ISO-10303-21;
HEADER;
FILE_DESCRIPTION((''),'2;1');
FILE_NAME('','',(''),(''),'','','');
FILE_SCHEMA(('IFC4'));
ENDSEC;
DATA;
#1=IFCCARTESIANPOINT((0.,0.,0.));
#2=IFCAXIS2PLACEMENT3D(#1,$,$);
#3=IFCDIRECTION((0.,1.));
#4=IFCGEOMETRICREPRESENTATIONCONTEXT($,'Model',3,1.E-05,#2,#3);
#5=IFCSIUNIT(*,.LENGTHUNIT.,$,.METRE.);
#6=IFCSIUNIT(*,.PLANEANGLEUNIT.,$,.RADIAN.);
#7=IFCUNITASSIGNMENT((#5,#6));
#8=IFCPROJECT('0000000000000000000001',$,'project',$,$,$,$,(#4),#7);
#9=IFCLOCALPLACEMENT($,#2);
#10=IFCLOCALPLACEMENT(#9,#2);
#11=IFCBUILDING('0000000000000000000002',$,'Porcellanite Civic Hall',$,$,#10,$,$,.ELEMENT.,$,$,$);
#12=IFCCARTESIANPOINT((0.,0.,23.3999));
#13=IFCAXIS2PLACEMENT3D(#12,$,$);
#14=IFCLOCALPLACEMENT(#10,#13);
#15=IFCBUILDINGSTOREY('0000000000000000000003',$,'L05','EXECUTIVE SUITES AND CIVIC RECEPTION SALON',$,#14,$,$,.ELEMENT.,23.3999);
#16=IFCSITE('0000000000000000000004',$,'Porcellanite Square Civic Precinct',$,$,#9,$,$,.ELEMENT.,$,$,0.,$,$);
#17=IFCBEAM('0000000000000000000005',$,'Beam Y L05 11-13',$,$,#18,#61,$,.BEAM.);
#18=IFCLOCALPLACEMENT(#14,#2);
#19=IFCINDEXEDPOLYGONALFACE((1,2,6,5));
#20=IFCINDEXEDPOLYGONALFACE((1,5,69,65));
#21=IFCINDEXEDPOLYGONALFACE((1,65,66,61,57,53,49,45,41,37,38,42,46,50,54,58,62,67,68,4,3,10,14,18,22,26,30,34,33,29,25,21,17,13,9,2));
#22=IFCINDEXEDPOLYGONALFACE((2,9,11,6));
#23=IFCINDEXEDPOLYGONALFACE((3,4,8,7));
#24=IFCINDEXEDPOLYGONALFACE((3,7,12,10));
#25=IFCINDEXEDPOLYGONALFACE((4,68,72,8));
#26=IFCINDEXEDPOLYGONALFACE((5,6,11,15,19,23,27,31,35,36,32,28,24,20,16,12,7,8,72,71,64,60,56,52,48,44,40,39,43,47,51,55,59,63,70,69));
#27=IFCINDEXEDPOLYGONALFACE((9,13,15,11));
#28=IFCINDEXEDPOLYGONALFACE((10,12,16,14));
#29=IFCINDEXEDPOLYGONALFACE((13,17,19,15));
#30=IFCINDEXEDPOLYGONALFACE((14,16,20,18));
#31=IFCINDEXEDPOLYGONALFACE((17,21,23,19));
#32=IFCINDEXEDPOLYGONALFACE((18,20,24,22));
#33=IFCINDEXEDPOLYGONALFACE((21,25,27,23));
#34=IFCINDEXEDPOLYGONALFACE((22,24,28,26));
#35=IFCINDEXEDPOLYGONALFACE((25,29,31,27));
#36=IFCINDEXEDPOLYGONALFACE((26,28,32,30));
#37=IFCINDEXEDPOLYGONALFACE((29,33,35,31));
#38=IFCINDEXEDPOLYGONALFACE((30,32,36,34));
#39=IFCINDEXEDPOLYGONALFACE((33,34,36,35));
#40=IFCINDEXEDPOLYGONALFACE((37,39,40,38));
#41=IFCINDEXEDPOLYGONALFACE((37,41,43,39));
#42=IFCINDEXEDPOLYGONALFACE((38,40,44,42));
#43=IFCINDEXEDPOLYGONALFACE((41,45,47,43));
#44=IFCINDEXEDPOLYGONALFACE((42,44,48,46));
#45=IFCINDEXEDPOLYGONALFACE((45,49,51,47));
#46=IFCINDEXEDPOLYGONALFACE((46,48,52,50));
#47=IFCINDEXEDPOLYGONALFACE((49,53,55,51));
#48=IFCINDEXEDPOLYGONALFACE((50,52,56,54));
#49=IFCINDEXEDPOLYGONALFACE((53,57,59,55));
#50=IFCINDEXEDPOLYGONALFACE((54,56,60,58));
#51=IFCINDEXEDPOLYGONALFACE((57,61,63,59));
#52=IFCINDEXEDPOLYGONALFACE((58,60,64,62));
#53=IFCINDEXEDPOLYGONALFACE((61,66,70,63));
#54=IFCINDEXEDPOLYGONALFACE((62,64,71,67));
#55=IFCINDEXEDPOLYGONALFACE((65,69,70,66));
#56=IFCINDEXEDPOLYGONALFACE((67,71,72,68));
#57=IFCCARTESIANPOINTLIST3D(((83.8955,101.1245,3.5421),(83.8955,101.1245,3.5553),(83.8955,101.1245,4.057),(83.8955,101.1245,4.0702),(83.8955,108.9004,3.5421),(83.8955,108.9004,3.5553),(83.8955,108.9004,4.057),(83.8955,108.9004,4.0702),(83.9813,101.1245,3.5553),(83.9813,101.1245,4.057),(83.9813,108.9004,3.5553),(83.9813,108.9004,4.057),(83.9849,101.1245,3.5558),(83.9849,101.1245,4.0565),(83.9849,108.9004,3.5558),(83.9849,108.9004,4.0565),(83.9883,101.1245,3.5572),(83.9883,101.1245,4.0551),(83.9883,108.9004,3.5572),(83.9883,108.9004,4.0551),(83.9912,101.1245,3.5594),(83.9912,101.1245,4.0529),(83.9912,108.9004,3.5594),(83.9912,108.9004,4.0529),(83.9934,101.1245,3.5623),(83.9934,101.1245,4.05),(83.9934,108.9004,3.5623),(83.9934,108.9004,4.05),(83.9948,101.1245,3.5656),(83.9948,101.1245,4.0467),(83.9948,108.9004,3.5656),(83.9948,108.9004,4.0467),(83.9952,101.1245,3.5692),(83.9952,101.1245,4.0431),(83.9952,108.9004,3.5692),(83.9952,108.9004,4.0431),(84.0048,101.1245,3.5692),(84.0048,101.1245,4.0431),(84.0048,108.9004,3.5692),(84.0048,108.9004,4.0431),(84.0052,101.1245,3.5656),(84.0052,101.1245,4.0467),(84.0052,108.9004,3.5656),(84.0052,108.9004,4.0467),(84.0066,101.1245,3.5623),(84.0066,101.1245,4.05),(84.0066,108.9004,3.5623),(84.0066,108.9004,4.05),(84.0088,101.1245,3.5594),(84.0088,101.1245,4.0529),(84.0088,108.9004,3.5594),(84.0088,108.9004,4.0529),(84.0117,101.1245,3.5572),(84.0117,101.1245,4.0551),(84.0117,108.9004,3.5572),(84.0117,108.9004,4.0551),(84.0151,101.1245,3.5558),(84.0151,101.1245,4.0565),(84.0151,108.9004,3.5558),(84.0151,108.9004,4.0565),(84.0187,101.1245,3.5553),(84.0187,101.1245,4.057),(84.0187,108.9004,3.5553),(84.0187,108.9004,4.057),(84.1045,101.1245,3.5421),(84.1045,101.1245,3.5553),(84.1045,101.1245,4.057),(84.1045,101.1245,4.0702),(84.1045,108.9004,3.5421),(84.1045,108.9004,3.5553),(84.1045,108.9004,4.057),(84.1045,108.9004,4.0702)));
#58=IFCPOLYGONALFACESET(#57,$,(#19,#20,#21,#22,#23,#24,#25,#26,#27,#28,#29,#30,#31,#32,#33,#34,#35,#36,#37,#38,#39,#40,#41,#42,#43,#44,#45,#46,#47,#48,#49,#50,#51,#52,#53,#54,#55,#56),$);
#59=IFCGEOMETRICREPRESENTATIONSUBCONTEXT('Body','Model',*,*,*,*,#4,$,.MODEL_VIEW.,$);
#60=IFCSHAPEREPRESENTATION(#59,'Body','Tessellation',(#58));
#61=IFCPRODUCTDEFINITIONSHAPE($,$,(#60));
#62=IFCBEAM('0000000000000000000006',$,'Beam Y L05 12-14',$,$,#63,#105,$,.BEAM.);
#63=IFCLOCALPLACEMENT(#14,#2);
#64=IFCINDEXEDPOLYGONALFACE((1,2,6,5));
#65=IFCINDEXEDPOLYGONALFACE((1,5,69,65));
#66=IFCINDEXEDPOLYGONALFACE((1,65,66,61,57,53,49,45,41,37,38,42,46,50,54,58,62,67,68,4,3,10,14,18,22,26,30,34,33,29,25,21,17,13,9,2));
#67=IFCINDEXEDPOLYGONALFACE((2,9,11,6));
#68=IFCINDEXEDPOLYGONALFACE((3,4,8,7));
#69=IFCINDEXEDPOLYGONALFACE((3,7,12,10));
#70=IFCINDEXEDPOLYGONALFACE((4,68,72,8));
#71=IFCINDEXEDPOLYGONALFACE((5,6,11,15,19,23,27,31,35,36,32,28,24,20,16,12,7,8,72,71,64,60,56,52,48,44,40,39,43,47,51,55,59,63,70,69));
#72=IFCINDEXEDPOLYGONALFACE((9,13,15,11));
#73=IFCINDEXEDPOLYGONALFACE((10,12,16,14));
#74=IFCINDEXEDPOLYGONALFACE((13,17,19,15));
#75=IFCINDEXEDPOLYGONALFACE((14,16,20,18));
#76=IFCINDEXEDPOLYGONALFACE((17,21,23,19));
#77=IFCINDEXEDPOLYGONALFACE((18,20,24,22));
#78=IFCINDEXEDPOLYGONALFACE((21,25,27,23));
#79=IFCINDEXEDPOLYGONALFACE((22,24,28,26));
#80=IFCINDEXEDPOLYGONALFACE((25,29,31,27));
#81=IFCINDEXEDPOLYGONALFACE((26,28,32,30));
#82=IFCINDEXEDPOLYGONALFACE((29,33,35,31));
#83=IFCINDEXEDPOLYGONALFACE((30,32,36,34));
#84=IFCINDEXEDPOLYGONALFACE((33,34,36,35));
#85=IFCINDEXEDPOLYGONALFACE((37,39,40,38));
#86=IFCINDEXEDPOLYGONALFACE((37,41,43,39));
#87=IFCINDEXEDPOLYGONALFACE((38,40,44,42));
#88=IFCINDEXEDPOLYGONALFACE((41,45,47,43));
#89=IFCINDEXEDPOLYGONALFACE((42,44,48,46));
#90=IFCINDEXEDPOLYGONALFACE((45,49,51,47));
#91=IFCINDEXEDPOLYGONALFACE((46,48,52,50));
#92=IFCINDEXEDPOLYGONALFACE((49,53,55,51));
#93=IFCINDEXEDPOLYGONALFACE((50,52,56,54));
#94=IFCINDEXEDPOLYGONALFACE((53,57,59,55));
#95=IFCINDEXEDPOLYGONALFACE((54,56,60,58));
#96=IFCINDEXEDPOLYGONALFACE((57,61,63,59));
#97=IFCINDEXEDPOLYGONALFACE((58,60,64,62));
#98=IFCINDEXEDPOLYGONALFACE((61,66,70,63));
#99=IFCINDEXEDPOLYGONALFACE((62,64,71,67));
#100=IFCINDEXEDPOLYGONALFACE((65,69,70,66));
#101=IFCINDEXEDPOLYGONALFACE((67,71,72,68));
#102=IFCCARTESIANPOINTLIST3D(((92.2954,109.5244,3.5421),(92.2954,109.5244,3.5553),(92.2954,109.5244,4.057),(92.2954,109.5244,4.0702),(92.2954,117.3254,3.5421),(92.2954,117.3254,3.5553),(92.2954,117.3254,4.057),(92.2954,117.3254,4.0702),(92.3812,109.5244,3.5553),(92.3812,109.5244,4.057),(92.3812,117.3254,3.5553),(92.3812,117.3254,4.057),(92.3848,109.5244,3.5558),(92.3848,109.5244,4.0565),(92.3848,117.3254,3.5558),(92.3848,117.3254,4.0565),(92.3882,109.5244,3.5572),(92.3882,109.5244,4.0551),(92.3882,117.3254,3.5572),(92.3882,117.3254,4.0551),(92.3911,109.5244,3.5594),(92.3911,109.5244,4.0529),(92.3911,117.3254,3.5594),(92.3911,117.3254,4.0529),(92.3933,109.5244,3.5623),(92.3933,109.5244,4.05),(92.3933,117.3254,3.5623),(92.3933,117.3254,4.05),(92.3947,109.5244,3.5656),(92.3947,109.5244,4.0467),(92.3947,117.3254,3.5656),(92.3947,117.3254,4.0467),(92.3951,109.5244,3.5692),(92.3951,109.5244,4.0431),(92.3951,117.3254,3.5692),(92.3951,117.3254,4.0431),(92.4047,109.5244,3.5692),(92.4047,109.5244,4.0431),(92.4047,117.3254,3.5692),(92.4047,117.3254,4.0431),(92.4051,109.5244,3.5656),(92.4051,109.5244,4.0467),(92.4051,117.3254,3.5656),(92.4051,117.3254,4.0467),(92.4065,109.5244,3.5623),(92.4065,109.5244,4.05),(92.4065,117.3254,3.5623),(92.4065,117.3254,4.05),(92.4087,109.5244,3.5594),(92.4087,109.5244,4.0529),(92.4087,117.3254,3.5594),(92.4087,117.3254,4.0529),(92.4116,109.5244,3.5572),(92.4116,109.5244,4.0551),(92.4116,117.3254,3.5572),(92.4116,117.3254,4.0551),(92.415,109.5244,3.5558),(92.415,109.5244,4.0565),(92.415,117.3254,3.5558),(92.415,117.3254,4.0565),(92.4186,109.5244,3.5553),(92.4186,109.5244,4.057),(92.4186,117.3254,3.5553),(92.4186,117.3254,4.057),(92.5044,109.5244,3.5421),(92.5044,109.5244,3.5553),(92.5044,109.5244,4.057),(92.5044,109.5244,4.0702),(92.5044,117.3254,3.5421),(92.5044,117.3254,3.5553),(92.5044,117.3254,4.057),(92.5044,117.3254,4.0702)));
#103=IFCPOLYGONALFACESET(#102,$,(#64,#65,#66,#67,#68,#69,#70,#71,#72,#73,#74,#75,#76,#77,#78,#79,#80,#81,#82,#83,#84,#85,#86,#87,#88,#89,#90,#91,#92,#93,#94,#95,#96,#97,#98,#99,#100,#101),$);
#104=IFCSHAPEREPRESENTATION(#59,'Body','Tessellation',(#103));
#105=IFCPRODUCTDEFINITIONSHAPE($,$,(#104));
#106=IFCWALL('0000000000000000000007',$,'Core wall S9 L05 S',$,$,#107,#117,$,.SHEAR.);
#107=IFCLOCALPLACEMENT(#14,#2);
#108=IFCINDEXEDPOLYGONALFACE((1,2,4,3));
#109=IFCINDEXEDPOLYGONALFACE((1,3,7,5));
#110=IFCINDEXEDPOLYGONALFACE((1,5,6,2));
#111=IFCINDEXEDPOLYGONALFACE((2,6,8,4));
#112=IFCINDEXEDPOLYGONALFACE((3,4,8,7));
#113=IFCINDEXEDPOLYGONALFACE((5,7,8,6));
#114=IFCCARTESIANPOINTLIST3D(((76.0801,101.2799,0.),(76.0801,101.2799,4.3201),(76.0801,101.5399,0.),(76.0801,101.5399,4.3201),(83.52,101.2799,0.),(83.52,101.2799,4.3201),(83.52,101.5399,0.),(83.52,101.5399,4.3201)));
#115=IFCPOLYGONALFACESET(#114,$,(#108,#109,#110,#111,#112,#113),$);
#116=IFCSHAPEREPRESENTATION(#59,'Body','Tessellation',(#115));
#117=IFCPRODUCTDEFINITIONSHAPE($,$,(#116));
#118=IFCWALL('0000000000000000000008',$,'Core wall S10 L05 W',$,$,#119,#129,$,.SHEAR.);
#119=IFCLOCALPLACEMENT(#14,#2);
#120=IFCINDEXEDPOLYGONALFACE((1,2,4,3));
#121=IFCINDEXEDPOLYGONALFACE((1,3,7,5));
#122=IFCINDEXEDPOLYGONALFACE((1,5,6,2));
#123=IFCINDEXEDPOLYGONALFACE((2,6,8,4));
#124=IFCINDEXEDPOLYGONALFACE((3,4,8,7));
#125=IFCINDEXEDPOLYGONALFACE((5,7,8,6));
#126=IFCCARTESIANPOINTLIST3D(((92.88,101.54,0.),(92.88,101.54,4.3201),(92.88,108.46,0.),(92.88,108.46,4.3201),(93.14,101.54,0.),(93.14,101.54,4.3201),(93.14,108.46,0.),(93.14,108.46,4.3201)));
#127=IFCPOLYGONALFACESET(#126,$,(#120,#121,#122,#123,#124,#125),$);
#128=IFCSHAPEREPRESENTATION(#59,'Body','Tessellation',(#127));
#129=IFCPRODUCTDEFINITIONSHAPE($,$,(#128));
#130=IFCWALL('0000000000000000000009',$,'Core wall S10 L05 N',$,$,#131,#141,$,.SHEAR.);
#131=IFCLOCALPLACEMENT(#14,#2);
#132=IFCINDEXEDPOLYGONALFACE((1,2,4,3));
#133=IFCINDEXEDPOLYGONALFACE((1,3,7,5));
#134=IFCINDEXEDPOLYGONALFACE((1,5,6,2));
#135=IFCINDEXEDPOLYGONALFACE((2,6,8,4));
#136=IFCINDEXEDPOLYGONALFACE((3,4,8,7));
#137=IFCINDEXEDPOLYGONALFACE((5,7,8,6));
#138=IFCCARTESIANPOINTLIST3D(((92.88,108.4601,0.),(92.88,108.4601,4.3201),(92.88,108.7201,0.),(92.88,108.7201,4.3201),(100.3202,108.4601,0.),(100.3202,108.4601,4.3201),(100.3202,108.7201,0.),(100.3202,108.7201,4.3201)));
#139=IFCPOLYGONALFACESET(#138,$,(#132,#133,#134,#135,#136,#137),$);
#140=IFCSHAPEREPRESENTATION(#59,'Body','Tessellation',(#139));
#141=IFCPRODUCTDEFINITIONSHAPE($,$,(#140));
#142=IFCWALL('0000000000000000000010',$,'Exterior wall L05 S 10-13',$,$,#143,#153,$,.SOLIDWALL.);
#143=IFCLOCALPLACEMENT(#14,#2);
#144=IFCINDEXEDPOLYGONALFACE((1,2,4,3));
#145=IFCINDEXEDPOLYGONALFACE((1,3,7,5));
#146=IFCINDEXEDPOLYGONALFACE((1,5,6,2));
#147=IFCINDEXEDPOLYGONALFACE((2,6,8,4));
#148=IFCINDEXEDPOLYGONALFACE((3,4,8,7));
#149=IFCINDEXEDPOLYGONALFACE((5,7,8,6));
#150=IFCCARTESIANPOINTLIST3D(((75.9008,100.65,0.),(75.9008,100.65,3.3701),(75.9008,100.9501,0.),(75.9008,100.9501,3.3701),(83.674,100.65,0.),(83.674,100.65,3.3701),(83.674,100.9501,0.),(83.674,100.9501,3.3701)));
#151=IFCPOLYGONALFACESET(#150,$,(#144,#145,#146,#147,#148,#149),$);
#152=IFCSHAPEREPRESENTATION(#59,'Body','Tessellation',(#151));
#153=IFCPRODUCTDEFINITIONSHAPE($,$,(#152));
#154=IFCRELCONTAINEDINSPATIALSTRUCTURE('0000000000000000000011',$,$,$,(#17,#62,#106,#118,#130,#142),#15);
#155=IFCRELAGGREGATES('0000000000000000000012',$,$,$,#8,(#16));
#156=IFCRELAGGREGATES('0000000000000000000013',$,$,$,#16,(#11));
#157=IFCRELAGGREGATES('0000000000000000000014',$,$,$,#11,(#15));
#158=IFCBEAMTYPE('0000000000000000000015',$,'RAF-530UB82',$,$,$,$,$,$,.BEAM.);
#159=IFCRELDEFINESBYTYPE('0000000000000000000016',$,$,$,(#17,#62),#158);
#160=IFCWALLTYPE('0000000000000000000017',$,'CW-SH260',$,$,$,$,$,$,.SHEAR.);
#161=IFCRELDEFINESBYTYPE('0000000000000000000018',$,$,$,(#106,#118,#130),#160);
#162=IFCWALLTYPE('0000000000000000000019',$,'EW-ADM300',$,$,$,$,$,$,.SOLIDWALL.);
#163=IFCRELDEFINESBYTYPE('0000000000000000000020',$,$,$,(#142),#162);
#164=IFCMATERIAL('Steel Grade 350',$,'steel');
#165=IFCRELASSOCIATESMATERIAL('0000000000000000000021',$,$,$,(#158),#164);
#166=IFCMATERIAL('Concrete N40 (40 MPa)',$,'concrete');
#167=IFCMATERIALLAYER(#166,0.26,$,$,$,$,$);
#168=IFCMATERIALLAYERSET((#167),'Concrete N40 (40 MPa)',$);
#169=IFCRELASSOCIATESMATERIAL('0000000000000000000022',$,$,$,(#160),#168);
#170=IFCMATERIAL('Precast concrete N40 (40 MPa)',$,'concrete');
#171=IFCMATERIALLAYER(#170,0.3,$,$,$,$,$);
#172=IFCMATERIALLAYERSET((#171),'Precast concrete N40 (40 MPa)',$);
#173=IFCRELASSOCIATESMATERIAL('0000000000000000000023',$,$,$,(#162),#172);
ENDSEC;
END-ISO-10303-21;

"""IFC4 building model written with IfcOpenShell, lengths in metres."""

from ifc_helpers import new_model, si_unit, direction, frame, frame_2d, origin, origin_2d, place, context, subcontext, project, spatial, rectangle, i_section, extrude, material, layer, layer_set, material_profile, profile_set, type_object, element, save


model = new_model("IFC4")

# Units and contexts
model_context = context("Model", 3, precision=1e-05, world=origin(), true_north=direction((0.0, 1.0)))
body_context = subcontext(model_context, "Body", "Model", "MODEL_VIEW")
ifc_project = project(units=[si_unit("LENGTHUNIT", "METRE"), si_unit("PLANEANGLEUNIT", "RADIAN")], contexts=[model_context])

# Site, building, storey
site_placement = place(None, origin())
site = spatial("IfcSite", under=ifc_project, at=site_placement, Name="Porcellanite Square Civic Precinct", CompositionType="ELEMENT", RefElevation=0.0)
building_placement = place(site_placement, origin())
building = spatial("IfcBuilding", under=site, at=building_placement, Name="Porcellanite Civic Hall", CompositionType="ELEMENT")
storey_placement = place(building_placement, frame((0.0, 0.0, 23.3999)))
storey = spatial("IfcBuildingStorey", under=building, at=storey_placement, Name="L05", Description="EXECUTIVE SUITES AND CIVIC RECEPTION SALON", CompositionType="ELEMENT", Elevation=23.3999)

# Beams
ifc_material_1 = material(Name="Steel Grade 350", Category="steel")
ifc_material_profile_1 = material_profile(ifc_material_1, i_section(OverallWidth=0.209, OverallDepth=0.5281, WebThickness=0.0095, FlangeThickness=0.0132, FilletRadius=0.0139, at=origin_2d()), Name="530UB82.0")
ifc_profile_set_1 = profile_set([ifc_material_profile_1], Name="Steel Grade 350")
beam_type_1 = type_object("IfcBeamType", Name="RAF-530UB82", PredefinedType="BEAM", material=ifc_profile_set_1)
beam_1_placement = place(storey_placement, frame((84.0, 101.1245, 3.8062), z_axis=(0.0, 1.0, 0.0), x_axis=(-1.0, 0.0, 0.0)))
element("IfcBeam", 1, at=beam_1_placement, inside=storey, type_object=beam_type_1, Name="Beam Y L05 11-13", PredefinedType="BEAM", context=body_context, shape_type="SweptSolid", body=[
    extrude(i_section(OverallWidth=0.209, OverallDepth=0.5281, WebThickness=0.0095, FlangeThickness=0.0132, FilletRadius=0.0139, at=origin_2d()), origin(), (0.0, 0.0, 1.0), 7.7759),
])
beam_2_placement = place(storey_placement, frame((92.3999, 109.5244, 3.8062), z_axis=(0.0, 1.0, 0.0), x_axis=(-1.0, 0.0, 0.0)))
element("IfcBeam", 2, at=beam_2_placement, inside=storey, type_object=beam_type_1, Name="Beam Y L05 12-14", PredefinedType="BEAM", context=body_context, shape_type="SweptSolid", body=[
    extrude(i_section(OverallWidth=0.209, OverallDepth=0.5281, WebThickness=0.0095, FlangeThickness=0.0132, FilletRadius=0.0139, at=origin_2d()), origin(), (0.0, 0.0, 1.0), 7.801),
])

# Wall
ifc_material_2 = material(Name="Concrete N40 (40 MPa)", Category="concrete")
ifc_layer_1 = layer(ifc_material_2, 0.26)
ifc_layer_set_1 = layer_set([ifc_layer_1], Name="Concrete N40 (40 MPa)")
wall_type_1 = type_object("IfcWallType", Name="CW-SH260", PredefinedType="SHEAR", material=ifc_layer_set_1)
wall_1_placement = place(storey_placement, frame((83.52, 101.4099, 0.0), z_axis=(0.0, 0.0, 1.0), x_axis=(-1.0, 0.0, 0.0)))
element("IfcWall", 3, at=wall_1_placement, inside=storey, type_object=wall_type_1, Name="Core wall S9 L05 S", PredefinedType="SHEAR", context=body_context, shape_type="SweptSolid", body=[
    extrude(rectangle(XDim=7.4399, YDim=0.26, at=frame_2d((3.72, 0.0))), origin(), (0.0, 0.0, 1.0), 4.3201),
])

# Walls
wall_2_placement = place(storey_placement, frame((93.01, 101.54, 0.0), z_axis=(0.0, 0.0, 1.0), x_axis=(0.0, 1.0, 0.0)))
element("IfcWall", 4, at=wall_2_placement, inside=storey, type_object=wall_type_1, Name="Core wall S10 L05 W", PredefinedType="SHEAR", context=body_context, shape_type="SweptSolid", body=[
    extrude(rectangle(XDim=6.9199, YDim=0.26, at=frame_2d((3.46, 0.0))), origin(), (0.0, 0.0, 1.0), 4.3201),
])
wall_3_placement = place(storey_placement, frame((92.8799, 108.5901, 0.0), z_axis=(0.0, 0.0, 1.0), x_axis=(1.0, 0.0, 0.0)))
element("IfcWall", 5, at=wall_3_placement, inside=storey, type_object=wall_type_1, Name="Core wall S10 L05 N", PredefinedType="SHEAR", context=body_context, shape_type="SweptSolid", body=[
    extrude(rectangle(XDim=7.4402, YDim=0.26, at=frame_2d((3.7202, 0.0))), origin(), (0.0, 0.0, 1.0), 4.3201),
])
ifc_material_3 = material(Name="Precast concrete N40 (40 MPa)", Category="concrete")
ifc_layer_2 = layer(ifc_material_3, 0.3)
ifc_layer_set_2 = layer_set([ifc_layer_2], Name="Precast concrete N40 (40 MPa)")
wall_type_2 = type_object("IfcWallType", Name="EW-ADM300", PredefinedType="SOLIDWALL", material=ifc_layer_set_2)
wall_4_placement = place(storey_placement, frame((83.6741, 100.8, 0.0), z_axis=(0.0, 0.0, 1.0), x_axis=(-1.0, 0.0, 0.0)))
element("IfcWall", 6, at=wall_4_placement, inside=storey, type_object=wall_type_2, Name="Exterior wall L05 S 10-13", PredefinedType="SOLIDWALL", context=body_context, shape_type="SweptSolid", body=[
    extrude(rectangle(XDim=7.7732, YDim=0.3, at=frame_2d((3.8867, 0.0))), origin(), (0.0, 0.0, 1.0), 3.3701),
])

save(model, "model.ifc")
